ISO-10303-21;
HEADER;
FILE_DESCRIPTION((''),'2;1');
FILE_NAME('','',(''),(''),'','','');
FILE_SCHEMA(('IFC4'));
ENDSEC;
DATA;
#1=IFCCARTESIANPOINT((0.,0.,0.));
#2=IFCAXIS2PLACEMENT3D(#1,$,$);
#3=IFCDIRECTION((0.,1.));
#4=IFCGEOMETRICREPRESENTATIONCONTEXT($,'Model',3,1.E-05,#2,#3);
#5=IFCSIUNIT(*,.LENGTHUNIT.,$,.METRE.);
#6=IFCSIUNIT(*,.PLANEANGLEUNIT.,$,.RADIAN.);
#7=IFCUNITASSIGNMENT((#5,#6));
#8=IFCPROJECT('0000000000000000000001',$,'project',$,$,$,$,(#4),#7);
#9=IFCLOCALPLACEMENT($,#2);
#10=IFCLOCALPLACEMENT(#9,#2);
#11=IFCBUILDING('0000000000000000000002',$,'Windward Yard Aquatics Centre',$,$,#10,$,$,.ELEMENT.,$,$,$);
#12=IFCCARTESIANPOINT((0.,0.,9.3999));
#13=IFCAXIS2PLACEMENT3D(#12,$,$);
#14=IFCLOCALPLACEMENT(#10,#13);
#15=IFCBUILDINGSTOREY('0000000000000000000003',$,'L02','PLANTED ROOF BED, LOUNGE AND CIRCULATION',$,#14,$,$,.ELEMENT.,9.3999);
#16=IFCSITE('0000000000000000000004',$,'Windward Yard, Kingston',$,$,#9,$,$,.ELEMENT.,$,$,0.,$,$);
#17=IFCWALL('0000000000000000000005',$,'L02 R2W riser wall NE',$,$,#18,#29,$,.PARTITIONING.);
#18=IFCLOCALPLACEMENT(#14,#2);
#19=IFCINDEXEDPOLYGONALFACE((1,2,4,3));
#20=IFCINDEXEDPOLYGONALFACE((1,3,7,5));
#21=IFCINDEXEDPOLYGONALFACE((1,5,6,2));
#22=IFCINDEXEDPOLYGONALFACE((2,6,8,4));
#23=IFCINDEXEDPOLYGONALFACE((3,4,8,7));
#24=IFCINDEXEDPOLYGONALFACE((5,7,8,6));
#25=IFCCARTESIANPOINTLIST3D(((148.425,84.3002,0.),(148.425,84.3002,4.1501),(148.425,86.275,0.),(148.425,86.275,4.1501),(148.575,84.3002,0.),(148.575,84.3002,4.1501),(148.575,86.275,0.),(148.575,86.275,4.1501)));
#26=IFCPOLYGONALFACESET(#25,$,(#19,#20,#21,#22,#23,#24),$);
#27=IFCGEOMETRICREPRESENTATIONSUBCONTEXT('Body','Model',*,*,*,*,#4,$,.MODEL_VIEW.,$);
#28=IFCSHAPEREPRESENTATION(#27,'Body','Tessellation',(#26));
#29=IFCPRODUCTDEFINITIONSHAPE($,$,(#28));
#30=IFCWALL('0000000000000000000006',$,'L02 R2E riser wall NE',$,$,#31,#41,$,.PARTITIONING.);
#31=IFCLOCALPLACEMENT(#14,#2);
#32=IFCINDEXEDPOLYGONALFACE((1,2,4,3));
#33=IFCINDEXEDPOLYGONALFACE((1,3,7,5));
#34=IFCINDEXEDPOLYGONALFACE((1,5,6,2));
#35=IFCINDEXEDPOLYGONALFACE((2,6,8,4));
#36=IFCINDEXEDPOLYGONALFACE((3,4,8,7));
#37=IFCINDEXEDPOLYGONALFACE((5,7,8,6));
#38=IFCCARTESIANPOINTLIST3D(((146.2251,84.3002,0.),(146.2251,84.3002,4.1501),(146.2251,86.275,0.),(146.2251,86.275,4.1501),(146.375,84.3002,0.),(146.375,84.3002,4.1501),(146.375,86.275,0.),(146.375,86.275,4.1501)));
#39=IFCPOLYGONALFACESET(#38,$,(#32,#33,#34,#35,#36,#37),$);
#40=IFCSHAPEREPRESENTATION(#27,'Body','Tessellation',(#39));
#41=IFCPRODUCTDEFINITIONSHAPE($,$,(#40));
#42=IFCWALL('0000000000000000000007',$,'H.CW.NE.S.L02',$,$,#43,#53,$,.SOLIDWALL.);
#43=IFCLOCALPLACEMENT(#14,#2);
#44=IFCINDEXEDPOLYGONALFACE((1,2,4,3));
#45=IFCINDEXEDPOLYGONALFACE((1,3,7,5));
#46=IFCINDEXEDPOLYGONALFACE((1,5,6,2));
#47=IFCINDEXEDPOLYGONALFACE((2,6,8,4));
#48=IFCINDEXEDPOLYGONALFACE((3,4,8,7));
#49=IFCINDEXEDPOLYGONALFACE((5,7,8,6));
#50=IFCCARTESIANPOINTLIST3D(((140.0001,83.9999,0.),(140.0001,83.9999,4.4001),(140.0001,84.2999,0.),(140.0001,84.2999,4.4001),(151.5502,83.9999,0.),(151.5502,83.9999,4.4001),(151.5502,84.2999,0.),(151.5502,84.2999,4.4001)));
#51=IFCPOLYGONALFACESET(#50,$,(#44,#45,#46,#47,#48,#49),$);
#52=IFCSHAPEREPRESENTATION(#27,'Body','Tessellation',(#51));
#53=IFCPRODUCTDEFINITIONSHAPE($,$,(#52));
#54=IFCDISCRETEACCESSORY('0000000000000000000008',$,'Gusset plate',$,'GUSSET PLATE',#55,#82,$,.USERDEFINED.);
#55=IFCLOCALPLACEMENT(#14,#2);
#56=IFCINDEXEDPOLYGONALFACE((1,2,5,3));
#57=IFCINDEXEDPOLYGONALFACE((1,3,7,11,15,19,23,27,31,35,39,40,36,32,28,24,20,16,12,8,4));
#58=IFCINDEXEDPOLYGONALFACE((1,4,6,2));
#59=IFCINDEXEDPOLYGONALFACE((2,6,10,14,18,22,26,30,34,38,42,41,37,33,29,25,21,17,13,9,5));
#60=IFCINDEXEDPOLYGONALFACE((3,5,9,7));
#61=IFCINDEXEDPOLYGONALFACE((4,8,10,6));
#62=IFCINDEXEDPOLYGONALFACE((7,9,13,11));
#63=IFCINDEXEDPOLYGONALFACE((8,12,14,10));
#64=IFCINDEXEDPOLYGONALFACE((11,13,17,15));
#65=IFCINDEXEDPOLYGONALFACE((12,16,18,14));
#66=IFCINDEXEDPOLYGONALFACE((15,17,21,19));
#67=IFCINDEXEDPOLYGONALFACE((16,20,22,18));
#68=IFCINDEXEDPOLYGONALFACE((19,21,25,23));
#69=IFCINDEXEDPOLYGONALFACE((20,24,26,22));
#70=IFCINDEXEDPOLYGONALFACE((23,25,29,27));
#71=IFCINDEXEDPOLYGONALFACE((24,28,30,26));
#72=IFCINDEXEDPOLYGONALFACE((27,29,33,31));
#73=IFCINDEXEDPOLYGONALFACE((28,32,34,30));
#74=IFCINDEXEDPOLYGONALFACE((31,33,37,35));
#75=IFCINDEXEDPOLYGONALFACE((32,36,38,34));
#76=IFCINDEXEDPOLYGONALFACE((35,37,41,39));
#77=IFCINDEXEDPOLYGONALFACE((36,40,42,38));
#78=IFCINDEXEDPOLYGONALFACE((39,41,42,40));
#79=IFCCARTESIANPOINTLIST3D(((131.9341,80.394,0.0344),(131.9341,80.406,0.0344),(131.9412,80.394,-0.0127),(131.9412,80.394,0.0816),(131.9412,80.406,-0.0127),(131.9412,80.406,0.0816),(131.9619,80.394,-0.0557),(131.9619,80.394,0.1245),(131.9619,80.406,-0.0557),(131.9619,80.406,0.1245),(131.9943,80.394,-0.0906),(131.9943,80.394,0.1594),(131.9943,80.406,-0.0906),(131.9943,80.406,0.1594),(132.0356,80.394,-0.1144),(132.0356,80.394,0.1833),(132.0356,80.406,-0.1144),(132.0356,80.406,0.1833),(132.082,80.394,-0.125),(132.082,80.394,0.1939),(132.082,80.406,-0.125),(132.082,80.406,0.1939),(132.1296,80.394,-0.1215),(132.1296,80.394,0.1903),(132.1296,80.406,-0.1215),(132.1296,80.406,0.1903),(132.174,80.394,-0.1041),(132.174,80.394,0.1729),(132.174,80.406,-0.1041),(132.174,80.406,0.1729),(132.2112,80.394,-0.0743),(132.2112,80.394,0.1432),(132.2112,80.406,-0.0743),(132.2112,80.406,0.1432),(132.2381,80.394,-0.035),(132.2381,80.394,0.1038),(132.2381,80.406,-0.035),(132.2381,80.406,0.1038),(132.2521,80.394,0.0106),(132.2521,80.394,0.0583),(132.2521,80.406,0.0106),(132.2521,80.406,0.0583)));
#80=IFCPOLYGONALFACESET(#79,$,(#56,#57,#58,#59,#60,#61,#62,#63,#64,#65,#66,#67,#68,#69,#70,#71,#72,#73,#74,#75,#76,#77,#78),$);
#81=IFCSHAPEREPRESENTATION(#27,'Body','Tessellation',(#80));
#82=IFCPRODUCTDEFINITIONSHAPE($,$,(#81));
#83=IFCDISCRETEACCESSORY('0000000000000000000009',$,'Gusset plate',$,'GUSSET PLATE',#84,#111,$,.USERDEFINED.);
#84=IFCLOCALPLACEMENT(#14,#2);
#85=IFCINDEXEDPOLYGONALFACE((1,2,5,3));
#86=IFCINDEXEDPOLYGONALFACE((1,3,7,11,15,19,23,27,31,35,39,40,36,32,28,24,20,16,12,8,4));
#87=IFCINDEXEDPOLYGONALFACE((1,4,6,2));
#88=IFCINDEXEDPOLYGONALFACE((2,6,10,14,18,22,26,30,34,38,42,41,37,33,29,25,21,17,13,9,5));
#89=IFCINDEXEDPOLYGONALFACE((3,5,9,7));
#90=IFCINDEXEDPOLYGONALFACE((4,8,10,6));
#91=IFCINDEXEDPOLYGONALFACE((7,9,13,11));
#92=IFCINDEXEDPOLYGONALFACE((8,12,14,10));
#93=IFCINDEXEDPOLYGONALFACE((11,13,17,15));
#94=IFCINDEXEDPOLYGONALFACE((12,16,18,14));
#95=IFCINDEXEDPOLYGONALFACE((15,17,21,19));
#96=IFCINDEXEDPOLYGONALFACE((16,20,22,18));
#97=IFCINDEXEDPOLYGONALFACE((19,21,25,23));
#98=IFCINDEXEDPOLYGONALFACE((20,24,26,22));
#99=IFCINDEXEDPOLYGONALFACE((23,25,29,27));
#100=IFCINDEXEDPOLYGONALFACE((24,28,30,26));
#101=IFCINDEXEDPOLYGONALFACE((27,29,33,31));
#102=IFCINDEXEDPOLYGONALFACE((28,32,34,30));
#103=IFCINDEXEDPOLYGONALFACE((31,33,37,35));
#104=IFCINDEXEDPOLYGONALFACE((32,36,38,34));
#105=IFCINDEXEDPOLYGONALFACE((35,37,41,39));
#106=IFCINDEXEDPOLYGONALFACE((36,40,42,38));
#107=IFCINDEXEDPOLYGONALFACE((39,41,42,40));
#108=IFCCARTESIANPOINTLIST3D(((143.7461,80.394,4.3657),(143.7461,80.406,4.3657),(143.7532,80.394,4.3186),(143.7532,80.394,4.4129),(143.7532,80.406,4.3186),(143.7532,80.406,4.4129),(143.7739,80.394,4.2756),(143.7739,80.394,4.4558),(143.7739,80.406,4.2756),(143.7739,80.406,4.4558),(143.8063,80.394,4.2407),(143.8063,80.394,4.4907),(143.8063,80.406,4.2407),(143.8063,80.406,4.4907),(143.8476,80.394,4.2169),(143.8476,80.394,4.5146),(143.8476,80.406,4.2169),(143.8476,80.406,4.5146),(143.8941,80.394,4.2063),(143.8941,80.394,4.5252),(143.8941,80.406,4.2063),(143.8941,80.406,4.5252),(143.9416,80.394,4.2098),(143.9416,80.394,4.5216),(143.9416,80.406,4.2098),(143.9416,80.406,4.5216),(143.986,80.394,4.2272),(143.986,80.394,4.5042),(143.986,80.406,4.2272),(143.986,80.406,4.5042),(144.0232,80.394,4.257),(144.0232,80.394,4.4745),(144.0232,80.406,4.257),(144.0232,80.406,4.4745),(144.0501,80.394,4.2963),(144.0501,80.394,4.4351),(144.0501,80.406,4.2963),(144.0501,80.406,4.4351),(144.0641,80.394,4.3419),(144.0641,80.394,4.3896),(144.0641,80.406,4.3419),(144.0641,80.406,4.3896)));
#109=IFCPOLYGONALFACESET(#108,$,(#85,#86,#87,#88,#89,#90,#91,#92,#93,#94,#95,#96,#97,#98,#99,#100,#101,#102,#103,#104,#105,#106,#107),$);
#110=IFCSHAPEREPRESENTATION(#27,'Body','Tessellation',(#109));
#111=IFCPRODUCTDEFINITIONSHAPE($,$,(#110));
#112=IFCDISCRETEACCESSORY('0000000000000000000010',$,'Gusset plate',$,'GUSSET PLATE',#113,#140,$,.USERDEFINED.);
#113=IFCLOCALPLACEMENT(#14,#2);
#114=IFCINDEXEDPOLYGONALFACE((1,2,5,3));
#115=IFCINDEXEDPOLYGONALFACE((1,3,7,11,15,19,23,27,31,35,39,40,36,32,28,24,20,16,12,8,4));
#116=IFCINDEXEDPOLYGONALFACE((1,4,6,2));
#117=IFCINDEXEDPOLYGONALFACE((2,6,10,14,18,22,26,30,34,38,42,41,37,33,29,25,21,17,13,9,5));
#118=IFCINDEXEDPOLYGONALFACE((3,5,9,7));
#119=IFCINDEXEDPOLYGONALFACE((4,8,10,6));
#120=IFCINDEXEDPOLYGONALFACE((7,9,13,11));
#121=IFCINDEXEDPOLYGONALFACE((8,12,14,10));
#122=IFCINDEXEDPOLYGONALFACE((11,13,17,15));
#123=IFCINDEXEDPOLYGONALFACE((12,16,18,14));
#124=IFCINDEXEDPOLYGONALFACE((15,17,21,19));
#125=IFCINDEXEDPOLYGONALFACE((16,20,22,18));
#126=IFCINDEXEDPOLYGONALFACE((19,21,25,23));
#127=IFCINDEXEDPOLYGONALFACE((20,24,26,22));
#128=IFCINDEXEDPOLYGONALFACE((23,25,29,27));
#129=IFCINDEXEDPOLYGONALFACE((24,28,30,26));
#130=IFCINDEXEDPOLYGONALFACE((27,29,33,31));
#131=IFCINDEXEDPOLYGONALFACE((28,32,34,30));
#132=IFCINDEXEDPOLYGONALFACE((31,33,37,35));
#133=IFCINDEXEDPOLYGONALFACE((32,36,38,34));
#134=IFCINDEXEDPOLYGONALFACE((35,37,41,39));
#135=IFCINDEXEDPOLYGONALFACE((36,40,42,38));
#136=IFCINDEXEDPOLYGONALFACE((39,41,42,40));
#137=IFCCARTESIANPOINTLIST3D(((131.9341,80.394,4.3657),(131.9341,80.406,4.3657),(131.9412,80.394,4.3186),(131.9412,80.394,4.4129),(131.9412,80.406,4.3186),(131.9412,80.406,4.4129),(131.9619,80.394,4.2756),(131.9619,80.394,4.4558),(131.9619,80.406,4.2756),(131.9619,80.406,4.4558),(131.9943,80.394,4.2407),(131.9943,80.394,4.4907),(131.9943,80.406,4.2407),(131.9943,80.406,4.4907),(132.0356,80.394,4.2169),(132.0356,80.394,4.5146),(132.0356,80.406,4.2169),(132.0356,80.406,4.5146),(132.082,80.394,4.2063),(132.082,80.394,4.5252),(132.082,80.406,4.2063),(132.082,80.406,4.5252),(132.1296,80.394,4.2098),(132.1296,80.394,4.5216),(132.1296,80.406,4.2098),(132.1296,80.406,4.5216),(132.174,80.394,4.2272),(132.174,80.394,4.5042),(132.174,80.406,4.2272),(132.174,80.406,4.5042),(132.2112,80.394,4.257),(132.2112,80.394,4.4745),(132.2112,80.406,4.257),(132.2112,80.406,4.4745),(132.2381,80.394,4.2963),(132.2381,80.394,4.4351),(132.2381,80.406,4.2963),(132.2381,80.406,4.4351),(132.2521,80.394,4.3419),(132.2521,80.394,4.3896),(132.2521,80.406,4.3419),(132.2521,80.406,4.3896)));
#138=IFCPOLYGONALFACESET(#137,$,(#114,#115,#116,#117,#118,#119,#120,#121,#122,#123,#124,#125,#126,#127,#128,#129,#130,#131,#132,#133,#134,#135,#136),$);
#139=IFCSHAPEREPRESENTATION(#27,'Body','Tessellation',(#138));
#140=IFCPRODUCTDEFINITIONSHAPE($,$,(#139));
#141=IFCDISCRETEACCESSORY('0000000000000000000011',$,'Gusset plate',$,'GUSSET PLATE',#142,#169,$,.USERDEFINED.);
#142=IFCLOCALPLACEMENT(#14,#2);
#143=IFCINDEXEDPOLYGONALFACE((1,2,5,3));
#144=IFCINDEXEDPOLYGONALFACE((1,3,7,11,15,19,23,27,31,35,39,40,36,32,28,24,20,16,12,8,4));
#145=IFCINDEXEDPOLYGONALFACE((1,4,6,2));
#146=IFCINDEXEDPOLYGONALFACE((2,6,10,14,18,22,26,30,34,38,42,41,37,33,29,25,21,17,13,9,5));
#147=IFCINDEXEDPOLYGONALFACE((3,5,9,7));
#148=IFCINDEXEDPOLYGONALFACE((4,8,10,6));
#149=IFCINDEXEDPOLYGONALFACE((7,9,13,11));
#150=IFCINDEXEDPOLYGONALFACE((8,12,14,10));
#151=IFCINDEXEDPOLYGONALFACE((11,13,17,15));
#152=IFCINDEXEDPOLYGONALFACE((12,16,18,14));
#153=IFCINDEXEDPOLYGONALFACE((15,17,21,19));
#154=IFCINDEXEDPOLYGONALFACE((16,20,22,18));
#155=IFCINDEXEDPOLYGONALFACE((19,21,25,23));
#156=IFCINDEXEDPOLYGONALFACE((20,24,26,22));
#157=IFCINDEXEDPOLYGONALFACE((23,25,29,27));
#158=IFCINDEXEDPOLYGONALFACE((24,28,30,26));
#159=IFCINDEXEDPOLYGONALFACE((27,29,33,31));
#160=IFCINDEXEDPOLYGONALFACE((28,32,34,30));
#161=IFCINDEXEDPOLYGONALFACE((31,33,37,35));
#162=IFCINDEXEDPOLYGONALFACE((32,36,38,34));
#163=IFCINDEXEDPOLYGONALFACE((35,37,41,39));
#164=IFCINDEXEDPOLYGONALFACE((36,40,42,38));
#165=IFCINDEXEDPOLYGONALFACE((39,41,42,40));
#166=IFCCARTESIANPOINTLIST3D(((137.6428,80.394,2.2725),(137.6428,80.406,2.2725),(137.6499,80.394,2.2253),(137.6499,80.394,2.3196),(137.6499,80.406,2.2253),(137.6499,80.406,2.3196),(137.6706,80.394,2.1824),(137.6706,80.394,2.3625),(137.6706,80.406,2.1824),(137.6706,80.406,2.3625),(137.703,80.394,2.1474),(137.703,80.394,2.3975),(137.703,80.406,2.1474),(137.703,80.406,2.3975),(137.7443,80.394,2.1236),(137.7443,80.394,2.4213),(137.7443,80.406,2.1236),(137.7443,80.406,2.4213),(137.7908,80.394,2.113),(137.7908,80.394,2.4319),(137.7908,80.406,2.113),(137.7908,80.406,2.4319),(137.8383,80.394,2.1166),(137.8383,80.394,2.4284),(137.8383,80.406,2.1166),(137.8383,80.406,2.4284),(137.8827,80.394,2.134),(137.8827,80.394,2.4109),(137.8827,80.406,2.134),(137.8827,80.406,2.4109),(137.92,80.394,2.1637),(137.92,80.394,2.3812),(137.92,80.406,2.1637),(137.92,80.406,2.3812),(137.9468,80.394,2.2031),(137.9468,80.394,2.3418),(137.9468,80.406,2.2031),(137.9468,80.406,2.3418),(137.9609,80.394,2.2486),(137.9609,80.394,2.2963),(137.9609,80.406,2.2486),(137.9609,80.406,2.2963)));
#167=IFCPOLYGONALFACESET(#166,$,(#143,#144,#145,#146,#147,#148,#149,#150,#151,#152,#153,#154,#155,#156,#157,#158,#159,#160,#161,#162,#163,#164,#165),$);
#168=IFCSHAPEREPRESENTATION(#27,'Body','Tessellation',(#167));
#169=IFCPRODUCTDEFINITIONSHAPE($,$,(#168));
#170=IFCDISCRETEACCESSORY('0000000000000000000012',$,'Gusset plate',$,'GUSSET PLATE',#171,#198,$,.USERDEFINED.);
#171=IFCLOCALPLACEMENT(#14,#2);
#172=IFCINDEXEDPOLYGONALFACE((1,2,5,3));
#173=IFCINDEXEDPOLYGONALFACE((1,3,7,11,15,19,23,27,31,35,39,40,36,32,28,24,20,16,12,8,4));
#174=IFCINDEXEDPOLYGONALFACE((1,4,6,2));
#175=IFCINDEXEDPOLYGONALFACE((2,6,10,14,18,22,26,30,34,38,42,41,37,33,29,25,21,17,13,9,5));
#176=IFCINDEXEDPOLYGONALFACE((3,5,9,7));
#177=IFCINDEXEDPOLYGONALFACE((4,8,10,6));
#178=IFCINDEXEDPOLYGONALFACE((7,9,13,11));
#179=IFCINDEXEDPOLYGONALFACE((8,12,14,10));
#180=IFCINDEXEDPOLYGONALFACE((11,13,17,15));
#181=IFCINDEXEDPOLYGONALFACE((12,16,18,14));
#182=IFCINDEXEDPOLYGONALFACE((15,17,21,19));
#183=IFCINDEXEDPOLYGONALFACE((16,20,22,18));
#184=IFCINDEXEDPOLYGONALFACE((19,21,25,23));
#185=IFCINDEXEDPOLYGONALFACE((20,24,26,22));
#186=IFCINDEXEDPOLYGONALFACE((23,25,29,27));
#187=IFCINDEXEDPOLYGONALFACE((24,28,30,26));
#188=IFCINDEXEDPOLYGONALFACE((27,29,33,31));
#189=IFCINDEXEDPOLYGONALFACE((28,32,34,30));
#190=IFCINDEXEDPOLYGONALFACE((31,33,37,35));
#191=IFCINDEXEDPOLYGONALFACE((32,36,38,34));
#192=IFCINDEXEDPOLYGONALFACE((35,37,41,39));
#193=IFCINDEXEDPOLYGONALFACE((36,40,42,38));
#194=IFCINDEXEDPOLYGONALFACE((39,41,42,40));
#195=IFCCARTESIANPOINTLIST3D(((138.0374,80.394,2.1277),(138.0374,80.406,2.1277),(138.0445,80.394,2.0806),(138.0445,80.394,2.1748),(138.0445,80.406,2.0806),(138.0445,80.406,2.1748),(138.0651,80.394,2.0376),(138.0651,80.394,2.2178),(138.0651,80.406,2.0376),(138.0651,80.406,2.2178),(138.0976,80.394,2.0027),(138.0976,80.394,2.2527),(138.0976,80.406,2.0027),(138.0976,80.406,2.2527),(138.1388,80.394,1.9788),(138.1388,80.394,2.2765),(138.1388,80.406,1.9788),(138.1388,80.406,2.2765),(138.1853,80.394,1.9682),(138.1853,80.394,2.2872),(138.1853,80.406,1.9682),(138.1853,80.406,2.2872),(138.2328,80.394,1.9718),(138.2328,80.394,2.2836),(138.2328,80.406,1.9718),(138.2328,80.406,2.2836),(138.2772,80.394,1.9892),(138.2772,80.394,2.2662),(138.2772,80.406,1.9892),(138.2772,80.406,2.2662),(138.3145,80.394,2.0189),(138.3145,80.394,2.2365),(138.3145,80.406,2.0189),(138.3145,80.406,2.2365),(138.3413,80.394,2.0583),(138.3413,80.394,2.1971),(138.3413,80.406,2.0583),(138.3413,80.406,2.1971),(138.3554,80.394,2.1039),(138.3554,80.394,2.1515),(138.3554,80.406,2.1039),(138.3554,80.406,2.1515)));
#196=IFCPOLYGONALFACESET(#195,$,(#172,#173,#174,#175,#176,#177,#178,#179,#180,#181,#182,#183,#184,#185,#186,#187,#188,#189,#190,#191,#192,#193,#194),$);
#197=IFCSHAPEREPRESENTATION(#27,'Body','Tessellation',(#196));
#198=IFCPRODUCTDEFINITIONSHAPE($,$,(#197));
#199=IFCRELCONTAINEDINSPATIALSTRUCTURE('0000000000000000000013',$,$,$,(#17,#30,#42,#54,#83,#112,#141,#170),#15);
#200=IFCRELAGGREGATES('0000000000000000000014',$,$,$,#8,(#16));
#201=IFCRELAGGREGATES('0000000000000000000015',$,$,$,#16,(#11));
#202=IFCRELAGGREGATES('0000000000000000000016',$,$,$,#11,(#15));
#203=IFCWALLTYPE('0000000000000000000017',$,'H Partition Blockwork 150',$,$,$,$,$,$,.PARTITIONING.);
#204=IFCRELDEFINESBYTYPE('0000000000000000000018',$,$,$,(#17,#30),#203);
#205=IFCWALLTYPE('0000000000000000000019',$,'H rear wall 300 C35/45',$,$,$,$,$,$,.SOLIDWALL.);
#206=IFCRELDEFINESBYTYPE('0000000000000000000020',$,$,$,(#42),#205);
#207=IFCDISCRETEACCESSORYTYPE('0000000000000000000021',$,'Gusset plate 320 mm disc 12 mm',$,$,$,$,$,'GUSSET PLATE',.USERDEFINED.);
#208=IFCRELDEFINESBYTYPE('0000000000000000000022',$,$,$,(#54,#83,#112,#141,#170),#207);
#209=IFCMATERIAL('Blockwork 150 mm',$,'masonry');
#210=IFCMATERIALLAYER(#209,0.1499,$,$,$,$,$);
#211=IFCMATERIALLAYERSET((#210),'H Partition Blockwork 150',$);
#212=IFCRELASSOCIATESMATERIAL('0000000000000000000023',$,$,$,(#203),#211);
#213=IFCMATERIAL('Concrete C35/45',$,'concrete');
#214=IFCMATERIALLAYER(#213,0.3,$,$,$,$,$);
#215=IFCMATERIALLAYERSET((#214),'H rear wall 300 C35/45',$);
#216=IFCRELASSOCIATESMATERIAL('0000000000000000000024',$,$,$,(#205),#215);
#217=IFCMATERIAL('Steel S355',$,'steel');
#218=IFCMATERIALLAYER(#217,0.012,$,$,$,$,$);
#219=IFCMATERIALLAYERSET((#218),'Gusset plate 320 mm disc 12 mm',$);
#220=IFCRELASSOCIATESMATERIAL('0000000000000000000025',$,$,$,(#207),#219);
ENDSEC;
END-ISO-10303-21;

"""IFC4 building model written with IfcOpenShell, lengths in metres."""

from ifc_helpers import new_model, si_unit, direction, frame, frame_2d, origin, origin_2d, place, context, subcontext, project, spatial, rectangle, circle, extrude, material, layer, layer_set, type_object, element, save


model = new_model("IFC4")

# Units and contexts
model_context = context("Model", 3, precision=1e-05, world=origin(), true_north=direction((0.0, 1.0)))
body_context = subcontext(model_context, "Body", "Model", "MODEL_VIEW")
ifc_project = project(units=[si_unit("LENGTHUNIT", "METRE"), si_unit("PLANEANGLEUNIT", "RADIAN")], contexts=[model_context])

# Site, building, storey
site_placement = place(None, origin())
site = spatial("IfcSite", under=ifc_project, at=site_placement, Name="Windward Yard, Kingston", CompositionType="ELEMENT", RefElevation=0.0)
building_placement = place(site_placement, origin())
building = spatial("IfcBuilding", under=site, at=building_placement, Name="Windward Yard Aquatics Centre", CompositionType="ELEMENT")
storey_placement = place(building_placement, frame((0.0, 0.0, 9.3999)))
storey = spatial("IfcBuildingStorey", under=building, at=storey_placement, Name="L02", Description="PLANTED ROOF BED, LOUNGE AND CIRCULATION", CompositionType="ELEMENT", Elevation=9.3999)

# Shared definitions
ifc_material_1 = material(Name="Concrete C35/45", Category="concrete")
ifc_material_2 = material(Name="Blockwork 150 mm", Category="masonry")
ifc_layer_1 = layer(ifc_material_2, 0.1499)
ifc_layer_set_1 = layer_set([ifc_layer_1], Name="H Partition Blockwork 150")
wall_type_1 = type_object("IfcWallType", Name="H Partition Blockwork 150", PredefinedType="PARTITIONING", material=ifc_layer_set_1)

# Walls
for number, where, z_axis, x_axis, name in (
    (1, (148.5, 86.2749, 0.0), (0.0, 0.0, 1.0), (0.0, -1.0, 0.0), "L02 R2W riser wall NE"),
    (2, (146.3, 86.2749, 0.0), (0.0, 0.0, 1.0), (0.0, -1.0, 0.0), "L02 R2E riser wall NE"),
):
    element("IfcWall", number, at=place(storey_placement, frame(where, z_axis=z_axis, x_axis=x_axis)), inside=storey, type_object=wall_type_1, Name=name, PredefinedType="PARTITIONING", context=body_context, shape_type="SweptSolid", body=[
        extrude(rectangle(XDim=1.9749, YDim=0.1499, at=frame_2d((0.9873, 0.0))), origin(), (0.0, 0.0, 1.0), 4.1501),
    ])
ifc_layer_2 = layer(ifc_material_1, 0.3)
ifc_layer_set_2 = layer_set([ifc_layer_2], Name="H rear wall 300 C35/45")
wall_type_2 = type_object("IfcWallType", Name="H rear wall 300 C35/45", PredefinedType="SOLIDWALL", material=ifc_layer_set_2)
wall_1_placement = place(storey_placement, frame((151.55, 84.1499, 0.0), z_axis=(0.0, 0.0, 1.0), x_axis=(-1.0, 0.0, 0.0)))
element("IfcWall", 3, at=wall_1_placement, inside=storey, type_object=wall_type_2, Name="H.CW.NE.S.L02", PredefinedType="SOLIDWALL", context=body_context, shape_type="SweptSolid", body=[
    extrude(rectangle(XDim=11.55, YDim=0.3, at=frame_2d((5.7749, 0.0))), origin(), (0.0, 0.0, 1.0), 4.4001),
])

# Discrete accessories
ifc_material_3 = material(Name="Steel S355", Category="steel")
ifc_layer_3 = layer(ifc_material_3, 0.012)
ifc_layer_set_3 = layer_set([ifc_layer_3], Name="Gusset plate 320 mm disc 12 mm")
discrete_accessory_type = type_object("IfcDiscreteAccessoryType", Name="Gusset plate 320 mm disc 12 mm", ElementType="GUSSET PLATE", PredefinedType="USERDEFINED", material=ifc_layer_set_3)
for number, where, z_axis, x_axis, name in (
    (4, (132.094, 80.394, 0.0344), (0.0, 1.0, 0.0), (-1.0, 0.0, 0.0), "Gusset plate"),
    (5, (143.906, 80.394, 4.3657), (0.0, 1.0, 0.0), (-1.0, 0.0, 0.0), "Gusset plate"),
    (6, (132.094, 80.394, 4.3657), (0.0, 1.0, 0.0), (-1.0, 0.0, 0.0), "Gusset plate"),
    (7, (137.8027, 80.394, 2.2725), (0.0, 1.0, 0.0), (-1.0, 0.0, 0.0), "Gusset plate"),
    (8, (138.1973, 80.394, 2.1277), (0.0, 1.0, 0.0), (-1.0, 0.0, 0.0), "Gusset plate"),
):
    element("IfcDiscreteAccessory", number, at=place(storey_placement, frame(where, z_axis=z_axis, x_axis=x_axis)), inside=storey, type_object=discrete_accessory_type, Name=name, ObjectType="GUSSET PLATE", PredefinedType="USERDEFINED", context=body_context, shape_type="SweptSolid", body=[
        extrude(circle(Radius=0.1599, at=origin_2d()), origin(), (0.0, 0.0, 1.0), 0.012),
    ])

save(model, "model.ifc")
